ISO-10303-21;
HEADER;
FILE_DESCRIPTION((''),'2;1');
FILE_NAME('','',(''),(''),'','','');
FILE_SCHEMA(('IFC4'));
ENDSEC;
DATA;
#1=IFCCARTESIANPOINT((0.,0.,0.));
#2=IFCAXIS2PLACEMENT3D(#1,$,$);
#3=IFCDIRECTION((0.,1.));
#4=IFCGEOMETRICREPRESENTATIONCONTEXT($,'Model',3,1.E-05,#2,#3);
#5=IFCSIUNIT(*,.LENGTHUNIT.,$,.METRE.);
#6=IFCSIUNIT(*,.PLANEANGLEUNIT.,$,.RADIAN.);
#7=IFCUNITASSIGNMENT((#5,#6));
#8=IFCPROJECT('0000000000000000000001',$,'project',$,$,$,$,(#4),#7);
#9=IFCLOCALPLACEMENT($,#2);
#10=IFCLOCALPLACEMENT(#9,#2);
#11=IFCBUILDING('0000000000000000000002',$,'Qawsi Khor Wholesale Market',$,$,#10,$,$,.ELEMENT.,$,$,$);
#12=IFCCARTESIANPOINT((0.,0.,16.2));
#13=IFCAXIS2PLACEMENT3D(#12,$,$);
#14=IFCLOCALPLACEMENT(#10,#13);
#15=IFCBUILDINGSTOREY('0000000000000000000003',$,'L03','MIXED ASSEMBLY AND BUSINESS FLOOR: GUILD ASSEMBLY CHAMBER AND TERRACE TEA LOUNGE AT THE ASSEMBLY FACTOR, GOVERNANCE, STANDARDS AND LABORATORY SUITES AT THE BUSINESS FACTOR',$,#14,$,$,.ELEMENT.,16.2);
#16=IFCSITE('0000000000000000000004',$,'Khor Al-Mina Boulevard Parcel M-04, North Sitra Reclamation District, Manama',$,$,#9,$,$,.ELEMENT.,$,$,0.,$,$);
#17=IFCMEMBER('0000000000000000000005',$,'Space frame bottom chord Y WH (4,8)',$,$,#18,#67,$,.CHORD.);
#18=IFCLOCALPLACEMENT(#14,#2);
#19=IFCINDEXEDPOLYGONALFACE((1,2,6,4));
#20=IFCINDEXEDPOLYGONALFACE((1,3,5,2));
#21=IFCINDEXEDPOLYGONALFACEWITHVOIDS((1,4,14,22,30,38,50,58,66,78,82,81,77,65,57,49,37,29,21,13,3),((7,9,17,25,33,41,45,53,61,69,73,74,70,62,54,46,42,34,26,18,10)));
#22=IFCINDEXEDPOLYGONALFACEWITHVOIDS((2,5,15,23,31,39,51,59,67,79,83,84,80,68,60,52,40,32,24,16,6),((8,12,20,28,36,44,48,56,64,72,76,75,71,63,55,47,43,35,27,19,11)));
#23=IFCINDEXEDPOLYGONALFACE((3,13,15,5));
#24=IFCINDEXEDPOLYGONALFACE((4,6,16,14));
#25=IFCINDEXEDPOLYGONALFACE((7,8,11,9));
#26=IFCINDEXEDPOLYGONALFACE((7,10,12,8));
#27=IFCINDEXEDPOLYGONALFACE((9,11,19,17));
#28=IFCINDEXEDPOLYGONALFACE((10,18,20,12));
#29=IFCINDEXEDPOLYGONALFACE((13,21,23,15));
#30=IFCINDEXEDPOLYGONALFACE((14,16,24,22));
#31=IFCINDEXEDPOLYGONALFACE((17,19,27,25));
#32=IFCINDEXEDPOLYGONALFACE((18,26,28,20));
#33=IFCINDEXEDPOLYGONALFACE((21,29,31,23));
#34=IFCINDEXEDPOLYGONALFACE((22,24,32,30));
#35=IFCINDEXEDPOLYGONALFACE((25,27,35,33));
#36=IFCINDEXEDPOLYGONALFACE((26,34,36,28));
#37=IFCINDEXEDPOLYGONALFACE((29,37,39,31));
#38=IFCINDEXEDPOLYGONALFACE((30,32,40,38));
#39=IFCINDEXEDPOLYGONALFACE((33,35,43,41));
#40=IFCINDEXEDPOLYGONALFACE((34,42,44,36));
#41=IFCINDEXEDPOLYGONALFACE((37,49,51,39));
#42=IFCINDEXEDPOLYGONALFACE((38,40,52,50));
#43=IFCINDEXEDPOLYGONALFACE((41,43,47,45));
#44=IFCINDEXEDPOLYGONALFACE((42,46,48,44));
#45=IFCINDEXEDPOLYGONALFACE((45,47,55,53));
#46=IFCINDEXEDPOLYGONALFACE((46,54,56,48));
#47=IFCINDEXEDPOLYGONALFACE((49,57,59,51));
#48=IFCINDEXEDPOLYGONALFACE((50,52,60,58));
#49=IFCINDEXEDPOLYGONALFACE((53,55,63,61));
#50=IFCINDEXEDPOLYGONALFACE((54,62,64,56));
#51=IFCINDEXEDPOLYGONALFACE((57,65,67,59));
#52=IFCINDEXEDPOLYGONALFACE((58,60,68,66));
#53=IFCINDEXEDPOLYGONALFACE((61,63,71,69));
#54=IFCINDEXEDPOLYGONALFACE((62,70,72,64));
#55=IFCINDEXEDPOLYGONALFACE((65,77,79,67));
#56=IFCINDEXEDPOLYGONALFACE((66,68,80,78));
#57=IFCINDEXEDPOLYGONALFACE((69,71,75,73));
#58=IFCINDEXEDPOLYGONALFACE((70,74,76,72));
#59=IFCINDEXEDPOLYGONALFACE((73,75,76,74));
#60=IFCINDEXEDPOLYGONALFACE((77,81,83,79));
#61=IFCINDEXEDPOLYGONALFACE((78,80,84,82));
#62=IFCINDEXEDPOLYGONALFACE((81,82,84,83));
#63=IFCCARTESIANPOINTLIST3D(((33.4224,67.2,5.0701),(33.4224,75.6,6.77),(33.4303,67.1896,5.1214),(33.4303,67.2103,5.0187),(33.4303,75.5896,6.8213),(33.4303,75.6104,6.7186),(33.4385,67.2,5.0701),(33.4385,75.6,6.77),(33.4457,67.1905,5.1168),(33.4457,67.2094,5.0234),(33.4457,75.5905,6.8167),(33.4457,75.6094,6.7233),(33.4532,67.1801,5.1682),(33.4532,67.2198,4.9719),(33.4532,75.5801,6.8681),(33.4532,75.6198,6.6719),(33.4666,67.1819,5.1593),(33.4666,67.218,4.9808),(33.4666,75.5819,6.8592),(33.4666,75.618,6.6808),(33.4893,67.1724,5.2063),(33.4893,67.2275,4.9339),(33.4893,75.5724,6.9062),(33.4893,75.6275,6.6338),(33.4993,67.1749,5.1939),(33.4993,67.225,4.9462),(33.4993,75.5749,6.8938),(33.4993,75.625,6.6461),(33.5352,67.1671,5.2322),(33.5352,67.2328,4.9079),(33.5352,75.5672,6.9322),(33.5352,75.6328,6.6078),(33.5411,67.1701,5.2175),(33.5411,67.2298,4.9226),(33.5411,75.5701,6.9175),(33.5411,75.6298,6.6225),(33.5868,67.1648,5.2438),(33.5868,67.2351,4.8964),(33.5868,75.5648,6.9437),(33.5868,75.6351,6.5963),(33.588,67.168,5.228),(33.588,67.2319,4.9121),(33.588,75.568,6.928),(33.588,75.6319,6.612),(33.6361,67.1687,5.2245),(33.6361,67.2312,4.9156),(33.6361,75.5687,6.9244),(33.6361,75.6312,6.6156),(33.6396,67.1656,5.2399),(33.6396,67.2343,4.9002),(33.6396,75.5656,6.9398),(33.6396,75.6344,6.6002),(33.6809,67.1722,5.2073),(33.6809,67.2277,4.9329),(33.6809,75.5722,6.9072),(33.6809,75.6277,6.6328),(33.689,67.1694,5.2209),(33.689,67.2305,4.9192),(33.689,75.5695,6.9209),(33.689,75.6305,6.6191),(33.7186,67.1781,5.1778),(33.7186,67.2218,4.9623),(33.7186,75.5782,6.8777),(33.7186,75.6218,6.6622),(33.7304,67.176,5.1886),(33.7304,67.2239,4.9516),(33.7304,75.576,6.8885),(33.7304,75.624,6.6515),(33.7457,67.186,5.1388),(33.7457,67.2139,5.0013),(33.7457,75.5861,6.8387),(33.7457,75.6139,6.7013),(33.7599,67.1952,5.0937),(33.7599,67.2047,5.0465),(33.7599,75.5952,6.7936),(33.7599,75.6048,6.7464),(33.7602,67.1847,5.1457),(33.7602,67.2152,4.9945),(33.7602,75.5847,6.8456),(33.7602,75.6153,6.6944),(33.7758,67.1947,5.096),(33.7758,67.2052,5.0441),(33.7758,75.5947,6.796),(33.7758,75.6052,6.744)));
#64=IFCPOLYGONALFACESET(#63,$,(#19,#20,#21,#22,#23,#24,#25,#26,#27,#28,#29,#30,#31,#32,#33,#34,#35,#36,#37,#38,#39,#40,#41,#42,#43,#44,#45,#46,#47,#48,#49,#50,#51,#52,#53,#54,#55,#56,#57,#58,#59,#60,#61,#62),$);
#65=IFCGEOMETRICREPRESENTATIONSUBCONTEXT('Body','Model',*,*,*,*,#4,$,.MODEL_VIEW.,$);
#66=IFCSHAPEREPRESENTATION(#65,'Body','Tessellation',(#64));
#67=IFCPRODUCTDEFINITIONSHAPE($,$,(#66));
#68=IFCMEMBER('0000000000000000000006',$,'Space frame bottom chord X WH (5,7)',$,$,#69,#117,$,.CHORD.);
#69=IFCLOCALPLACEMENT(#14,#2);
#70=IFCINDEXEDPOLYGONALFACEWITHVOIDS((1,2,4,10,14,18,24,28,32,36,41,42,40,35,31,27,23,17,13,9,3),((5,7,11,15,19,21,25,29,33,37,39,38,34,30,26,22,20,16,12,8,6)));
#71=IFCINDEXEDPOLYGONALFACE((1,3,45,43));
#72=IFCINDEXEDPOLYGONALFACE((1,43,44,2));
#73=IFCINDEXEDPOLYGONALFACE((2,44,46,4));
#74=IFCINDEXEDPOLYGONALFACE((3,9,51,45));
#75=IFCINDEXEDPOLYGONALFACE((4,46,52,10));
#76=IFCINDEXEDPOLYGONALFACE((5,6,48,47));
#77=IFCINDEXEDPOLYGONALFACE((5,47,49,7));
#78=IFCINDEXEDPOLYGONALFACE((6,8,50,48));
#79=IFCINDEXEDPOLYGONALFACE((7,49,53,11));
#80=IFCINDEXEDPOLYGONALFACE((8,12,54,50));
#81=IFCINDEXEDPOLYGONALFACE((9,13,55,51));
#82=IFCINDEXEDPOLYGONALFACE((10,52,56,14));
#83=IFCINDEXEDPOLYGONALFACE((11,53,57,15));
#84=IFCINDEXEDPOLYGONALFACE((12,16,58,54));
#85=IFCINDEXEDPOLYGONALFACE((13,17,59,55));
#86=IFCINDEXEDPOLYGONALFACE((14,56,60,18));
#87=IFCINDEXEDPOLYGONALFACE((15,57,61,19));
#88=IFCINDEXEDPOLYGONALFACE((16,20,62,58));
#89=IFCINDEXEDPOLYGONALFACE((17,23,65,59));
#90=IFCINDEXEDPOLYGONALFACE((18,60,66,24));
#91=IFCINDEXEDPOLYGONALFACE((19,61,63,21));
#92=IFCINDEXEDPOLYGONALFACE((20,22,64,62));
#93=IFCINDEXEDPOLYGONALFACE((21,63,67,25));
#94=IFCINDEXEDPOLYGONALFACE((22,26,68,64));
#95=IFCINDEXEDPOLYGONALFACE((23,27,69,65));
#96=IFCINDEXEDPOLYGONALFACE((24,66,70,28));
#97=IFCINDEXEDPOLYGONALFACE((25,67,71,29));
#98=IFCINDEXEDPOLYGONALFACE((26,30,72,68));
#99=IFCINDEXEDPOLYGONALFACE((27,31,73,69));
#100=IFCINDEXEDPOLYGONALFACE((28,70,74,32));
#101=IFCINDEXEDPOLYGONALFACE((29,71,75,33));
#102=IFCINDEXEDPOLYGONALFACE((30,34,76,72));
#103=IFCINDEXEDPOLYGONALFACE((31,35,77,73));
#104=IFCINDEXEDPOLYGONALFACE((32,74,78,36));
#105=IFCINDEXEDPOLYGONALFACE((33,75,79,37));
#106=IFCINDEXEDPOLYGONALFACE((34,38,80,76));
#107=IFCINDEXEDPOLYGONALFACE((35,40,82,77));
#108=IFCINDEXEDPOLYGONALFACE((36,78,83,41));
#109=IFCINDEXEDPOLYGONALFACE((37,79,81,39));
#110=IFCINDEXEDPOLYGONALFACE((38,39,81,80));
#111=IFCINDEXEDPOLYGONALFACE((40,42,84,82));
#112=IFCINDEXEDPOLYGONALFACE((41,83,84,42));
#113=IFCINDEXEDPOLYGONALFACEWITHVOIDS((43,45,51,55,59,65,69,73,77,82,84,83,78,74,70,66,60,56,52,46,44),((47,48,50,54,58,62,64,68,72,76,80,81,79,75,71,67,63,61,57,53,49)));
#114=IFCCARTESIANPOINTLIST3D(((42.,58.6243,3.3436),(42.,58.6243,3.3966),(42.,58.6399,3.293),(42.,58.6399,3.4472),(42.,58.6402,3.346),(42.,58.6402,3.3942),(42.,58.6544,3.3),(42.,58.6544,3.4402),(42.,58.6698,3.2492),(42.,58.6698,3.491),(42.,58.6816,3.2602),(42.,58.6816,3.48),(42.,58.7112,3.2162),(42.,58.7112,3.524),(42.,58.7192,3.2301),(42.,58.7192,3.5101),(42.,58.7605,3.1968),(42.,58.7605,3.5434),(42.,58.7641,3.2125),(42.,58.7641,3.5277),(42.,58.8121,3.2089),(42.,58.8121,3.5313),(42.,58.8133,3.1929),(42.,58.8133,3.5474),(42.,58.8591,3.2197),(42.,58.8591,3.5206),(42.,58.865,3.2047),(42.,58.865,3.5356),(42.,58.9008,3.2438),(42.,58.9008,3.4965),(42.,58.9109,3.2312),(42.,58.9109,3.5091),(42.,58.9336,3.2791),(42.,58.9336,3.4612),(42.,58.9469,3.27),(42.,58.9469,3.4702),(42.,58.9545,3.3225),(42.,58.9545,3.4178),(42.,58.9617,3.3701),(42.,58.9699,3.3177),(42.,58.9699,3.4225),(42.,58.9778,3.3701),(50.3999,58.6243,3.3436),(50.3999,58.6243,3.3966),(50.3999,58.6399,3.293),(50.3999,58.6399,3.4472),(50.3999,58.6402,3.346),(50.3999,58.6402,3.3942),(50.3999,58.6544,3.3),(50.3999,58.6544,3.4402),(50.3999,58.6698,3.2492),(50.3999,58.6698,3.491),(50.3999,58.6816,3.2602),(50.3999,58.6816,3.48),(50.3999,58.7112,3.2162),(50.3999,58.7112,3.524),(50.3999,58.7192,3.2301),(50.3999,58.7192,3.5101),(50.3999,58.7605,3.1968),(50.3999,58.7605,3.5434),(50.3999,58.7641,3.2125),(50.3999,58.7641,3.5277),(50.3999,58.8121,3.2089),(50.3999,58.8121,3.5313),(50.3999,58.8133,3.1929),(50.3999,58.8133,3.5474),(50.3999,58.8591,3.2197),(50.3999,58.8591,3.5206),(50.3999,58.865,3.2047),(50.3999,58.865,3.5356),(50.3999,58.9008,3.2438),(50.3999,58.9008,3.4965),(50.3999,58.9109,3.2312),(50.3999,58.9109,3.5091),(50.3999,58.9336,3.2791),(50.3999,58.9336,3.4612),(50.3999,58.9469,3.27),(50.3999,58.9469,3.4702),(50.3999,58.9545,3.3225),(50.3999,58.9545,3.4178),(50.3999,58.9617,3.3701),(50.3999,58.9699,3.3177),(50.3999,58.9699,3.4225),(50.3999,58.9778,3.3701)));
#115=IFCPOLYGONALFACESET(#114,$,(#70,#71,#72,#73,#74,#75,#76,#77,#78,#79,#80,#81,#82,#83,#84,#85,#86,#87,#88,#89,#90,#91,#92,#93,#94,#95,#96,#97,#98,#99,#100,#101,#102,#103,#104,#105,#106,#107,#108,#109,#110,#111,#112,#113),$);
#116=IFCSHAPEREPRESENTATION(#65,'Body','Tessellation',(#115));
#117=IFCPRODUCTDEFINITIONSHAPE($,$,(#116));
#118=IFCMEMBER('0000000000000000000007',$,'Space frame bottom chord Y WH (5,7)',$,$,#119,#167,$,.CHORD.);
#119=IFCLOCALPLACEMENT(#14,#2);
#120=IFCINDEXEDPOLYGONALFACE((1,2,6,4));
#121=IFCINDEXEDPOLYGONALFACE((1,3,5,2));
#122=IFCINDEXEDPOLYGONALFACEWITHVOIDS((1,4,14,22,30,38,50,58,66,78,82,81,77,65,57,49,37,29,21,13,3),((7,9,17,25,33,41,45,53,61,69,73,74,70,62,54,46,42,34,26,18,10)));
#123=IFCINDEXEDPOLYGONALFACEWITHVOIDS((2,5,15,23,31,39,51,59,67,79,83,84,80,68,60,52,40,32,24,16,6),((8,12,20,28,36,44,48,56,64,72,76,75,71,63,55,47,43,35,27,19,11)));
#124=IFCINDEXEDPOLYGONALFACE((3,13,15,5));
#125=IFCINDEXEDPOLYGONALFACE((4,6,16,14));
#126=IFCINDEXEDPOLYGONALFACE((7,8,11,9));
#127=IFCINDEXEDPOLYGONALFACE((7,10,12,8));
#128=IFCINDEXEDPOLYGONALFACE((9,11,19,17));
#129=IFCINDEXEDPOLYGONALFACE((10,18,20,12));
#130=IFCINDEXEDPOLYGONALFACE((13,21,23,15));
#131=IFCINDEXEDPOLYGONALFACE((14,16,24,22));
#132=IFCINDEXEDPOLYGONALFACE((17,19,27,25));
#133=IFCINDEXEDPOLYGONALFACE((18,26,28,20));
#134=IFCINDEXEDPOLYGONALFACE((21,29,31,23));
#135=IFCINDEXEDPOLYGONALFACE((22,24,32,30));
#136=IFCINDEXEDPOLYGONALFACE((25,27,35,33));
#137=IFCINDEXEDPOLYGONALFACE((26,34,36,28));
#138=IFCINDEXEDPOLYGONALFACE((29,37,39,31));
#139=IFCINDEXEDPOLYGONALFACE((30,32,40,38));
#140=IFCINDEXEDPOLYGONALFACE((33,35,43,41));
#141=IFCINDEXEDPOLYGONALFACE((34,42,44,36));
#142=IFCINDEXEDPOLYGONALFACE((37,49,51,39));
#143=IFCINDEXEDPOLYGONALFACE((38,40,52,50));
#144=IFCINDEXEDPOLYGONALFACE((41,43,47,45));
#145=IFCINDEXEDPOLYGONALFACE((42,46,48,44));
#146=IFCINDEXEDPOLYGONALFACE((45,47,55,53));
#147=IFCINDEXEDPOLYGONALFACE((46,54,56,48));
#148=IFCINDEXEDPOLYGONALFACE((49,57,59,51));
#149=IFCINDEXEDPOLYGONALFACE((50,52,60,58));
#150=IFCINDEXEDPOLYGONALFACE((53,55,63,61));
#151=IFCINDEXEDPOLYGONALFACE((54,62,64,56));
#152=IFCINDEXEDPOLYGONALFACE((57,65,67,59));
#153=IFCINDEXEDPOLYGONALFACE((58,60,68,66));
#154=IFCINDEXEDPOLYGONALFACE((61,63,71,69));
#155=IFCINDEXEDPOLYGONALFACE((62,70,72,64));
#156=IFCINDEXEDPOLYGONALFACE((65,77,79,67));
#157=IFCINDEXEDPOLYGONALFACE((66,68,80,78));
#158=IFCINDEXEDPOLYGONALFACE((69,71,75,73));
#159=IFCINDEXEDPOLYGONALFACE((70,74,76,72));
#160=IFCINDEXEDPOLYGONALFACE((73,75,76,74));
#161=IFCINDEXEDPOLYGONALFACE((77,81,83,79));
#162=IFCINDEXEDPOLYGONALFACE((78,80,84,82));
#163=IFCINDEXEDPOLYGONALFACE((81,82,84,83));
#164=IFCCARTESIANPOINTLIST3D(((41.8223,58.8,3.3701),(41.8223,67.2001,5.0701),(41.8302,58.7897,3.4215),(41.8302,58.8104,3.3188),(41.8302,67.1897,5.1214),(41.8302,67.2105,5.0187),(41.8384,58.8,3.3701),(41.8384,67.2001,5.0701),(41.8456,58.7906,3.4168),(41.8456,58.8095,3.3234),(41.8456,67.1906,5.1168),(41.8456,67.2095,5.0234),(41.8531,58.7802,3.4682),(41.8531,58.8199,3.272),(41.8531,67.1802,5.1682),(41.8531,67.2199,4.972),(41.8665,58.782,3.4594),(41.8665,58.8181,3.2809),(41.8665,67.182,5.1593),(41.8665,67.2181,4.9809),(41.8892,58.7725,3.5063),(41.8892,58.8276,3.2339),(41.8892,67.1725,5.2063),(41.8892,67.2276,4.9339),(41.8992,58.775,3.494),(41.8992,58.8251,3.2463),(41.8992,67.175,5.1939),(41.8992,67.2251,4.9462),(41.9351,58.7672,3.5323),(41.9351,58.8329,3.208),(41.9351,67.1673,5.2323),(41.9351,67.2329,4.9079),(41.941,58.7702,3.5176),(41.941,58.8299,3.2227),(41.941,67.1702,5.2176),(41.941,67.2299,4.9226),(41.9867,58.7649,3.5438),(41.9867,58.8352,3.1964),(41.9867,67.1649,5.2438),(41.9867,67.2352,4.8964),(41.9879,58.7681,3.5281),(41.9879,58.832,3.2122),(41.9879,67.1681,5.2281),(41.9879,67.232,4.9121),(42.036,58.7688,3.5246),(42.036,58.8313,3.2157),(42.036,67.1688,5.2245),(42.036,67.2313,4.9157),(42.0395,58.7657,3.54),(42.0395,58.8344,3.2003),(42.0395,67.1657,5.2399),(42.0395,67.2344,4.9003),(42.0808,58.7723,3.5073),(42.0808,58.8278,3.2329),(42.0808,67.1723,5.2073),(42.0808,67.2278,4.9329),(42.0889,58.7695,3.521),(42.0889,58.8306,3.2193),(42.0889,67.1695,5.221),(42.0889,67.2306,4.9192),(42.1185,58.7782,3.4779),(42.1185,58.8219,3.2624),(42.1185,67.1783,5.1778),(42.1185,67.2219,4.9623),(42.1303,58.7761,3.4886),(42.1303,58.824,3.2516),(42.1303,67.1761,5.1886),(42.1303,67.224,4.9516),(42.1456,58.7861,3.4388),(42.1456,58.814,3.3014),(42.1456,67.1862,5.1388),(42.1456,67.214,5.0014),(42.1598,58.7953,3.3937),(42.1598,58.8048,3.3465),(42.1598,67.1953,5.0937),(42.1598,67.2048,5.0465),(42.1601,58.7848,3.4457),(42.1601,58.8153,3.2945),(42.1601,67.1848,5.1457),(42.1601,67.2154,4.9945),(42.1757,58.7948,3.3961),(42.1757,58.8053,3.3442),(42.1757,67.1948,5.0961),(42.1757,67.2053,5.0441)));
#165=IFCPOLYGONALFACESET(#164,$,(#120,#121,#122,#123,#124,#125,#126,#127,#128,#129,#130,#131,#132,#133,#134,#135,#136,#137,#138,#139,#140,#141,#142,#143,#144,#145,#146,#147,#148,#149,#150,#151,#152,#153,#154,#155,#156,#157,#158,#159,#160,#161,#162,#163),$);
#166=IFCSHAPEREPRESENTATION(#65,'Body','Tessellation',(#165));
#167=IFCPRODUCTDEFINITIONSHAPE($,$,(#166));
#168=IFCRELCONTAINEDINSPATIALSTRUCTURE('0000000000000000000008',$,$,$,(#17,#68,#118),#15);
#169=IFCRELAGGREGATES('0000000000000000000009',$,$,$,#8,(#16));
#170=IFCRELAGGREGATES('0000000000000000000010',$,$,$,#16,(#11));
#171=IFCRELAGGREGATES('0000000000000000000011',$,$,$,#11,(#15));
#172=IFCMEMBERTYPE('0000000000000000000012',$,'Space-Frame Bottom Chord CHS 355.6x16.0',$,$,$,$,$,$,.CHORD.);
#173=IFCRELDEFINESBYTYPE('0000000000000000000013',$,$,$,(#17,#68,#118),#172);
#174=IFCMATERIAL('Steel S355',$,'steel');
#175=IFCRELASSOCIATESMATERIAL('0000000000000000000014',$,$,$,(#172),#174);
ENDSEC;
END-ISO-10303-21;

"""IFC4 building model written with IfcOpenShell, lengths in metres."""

from ifc_helpers import new_model, si_unit, direction, frame, origin, origin_2d, place, context, subcontext, project, spatial, hollow_circle, extrude, material, material_profile, profile_set, type_object, element, save


model = new_model("IFC4")

# Units and contexts
model_context = context("Model", 3, precision=1e-05, world=origin(), true_north=direction((0.0, 1.0)))
body_context = subcontext(model_context, "Body", "Model", "MODEL_VIEW")
ifc_project = project(units=[si_unit("LENGTHUNIT", "METRE"), si_unit("PLANEANGLEUNIT", "RADIAN")], contexts=[model_context])

# Site, building, storey
site_placement = place(None, origin())
site = spatial("IfcSite", under=ifc_project, at=site_placement, Name="Khor Al-Mina Boulevard Parcel M-04, North Sitra Reclamation District, Manama", CompositionType="ELEMENT", RefElevation=0.0)
building_placement = place(site_placement, origin())
building = spatial("IfcBuilding", under=site, at=building_placement, Name="Qawsi Khor Wholesale Market", CompositionType="ELEMENT")
storey_placement = place(building_placement, frame((0.0, 0.0, 16.2)))
storey = spatial("IfcBuildingStorey", under=building, at=storey_placement, Name="L03", Description="MIXED ASSEMBLY AND BUSINESS FLOOR: GUILD ASSEMBLY CHAMBER AND TERRACE TEA LOUNGE AT THE ASSEMBLY FACTOR, GOVERNANCE, STANDARDS AND LABORATORY SUITES AT THE BUSINESS FACTOR", CompositionType="ELEMENT", Elevation=16.2)

# Members
ifc_material_1 = material(Name="Steel S355", Category="steel")
ifc_material_profile_1 = material_profile(ifc_material_1, hollow_circle(Radius=0.1777, WallThickness=0.0161, at=origin_2d()), Name="CHS 355.6x16.0")
ifc_profile_set_1 = profile_set([ifc_material_profile_1], Name="Steel S355")
member_type_1 = type_object("IfcMemberType", Name="Space-Frame Bottom Chord CHS 355.6x16.0", PredefinedType="CHORD", material=ifc_profile_set_1)
member_1_placement = place(storey_placement, frame((33.6001, 67.2, 5.0701), z_axis=(0.0, 0.980131, 0.198351), x_axis=(-1.0, 0.0, 0.0)))
element("IfcMember", 1, at=member_1_placement, inside=storey, type_object=member_type_1, Name="Space frame bottom chord Y WH (4,8)", PredefinedType="CHORD", context=body_context, shape_type="SweptSolid", body=[
    extrude(hollow_circle(Radius=0.1777, WallThickness=0.0161, at=origin_2d()), origin(), (0.0, 0.0, 1.0), 8.5703),
])
member_2_placement = place(storey_placement, frame((42.0, 58.8, 3.3701), z_axis=(1.0, 0.0, 0.0), x_axis=(0.0, 1.0, 0.0)))
element("IfcMember", 2, at=member_2_placement, inside=storey, type_object=member_type_1, Name="Space frame bottom chord X WH (5,7)", PredefinedType="CHORD", context=body_context, shape_type="SweptSolid", body=[
    extrude(hollow_circle(Radius=0.1777, WallThickness=0.0161, at=origin_2d()), origin(), (0.0, 0.0, 1.0), 8.3999),
])
for number, where, z_axis, x_axis, name in (
    (3, (42.0, 58.8, 3.3701), (0.0, 0.98013, 0.198356), (-1.0, 0.0, 0.0), "Space frame bottom chord Y WH (5,7)"),
):
    element("IfcMember", number, at=place(storey_placement, frame(where, z_axis=z_axis, x_axis=x_axis)), inside=storey, type_object=member_type_1, Name=name, PredefinedType="CHORD", context=body_context, shape_type="SweptSolid", body=[
        extrude(hollow_circle(Radius=0.1777, WallThickness=0.0161, at=origin_2d()), origin(), (0.0, 0.0, 1.0), 8.5703),
    ])

save(model, "model.ifc")
